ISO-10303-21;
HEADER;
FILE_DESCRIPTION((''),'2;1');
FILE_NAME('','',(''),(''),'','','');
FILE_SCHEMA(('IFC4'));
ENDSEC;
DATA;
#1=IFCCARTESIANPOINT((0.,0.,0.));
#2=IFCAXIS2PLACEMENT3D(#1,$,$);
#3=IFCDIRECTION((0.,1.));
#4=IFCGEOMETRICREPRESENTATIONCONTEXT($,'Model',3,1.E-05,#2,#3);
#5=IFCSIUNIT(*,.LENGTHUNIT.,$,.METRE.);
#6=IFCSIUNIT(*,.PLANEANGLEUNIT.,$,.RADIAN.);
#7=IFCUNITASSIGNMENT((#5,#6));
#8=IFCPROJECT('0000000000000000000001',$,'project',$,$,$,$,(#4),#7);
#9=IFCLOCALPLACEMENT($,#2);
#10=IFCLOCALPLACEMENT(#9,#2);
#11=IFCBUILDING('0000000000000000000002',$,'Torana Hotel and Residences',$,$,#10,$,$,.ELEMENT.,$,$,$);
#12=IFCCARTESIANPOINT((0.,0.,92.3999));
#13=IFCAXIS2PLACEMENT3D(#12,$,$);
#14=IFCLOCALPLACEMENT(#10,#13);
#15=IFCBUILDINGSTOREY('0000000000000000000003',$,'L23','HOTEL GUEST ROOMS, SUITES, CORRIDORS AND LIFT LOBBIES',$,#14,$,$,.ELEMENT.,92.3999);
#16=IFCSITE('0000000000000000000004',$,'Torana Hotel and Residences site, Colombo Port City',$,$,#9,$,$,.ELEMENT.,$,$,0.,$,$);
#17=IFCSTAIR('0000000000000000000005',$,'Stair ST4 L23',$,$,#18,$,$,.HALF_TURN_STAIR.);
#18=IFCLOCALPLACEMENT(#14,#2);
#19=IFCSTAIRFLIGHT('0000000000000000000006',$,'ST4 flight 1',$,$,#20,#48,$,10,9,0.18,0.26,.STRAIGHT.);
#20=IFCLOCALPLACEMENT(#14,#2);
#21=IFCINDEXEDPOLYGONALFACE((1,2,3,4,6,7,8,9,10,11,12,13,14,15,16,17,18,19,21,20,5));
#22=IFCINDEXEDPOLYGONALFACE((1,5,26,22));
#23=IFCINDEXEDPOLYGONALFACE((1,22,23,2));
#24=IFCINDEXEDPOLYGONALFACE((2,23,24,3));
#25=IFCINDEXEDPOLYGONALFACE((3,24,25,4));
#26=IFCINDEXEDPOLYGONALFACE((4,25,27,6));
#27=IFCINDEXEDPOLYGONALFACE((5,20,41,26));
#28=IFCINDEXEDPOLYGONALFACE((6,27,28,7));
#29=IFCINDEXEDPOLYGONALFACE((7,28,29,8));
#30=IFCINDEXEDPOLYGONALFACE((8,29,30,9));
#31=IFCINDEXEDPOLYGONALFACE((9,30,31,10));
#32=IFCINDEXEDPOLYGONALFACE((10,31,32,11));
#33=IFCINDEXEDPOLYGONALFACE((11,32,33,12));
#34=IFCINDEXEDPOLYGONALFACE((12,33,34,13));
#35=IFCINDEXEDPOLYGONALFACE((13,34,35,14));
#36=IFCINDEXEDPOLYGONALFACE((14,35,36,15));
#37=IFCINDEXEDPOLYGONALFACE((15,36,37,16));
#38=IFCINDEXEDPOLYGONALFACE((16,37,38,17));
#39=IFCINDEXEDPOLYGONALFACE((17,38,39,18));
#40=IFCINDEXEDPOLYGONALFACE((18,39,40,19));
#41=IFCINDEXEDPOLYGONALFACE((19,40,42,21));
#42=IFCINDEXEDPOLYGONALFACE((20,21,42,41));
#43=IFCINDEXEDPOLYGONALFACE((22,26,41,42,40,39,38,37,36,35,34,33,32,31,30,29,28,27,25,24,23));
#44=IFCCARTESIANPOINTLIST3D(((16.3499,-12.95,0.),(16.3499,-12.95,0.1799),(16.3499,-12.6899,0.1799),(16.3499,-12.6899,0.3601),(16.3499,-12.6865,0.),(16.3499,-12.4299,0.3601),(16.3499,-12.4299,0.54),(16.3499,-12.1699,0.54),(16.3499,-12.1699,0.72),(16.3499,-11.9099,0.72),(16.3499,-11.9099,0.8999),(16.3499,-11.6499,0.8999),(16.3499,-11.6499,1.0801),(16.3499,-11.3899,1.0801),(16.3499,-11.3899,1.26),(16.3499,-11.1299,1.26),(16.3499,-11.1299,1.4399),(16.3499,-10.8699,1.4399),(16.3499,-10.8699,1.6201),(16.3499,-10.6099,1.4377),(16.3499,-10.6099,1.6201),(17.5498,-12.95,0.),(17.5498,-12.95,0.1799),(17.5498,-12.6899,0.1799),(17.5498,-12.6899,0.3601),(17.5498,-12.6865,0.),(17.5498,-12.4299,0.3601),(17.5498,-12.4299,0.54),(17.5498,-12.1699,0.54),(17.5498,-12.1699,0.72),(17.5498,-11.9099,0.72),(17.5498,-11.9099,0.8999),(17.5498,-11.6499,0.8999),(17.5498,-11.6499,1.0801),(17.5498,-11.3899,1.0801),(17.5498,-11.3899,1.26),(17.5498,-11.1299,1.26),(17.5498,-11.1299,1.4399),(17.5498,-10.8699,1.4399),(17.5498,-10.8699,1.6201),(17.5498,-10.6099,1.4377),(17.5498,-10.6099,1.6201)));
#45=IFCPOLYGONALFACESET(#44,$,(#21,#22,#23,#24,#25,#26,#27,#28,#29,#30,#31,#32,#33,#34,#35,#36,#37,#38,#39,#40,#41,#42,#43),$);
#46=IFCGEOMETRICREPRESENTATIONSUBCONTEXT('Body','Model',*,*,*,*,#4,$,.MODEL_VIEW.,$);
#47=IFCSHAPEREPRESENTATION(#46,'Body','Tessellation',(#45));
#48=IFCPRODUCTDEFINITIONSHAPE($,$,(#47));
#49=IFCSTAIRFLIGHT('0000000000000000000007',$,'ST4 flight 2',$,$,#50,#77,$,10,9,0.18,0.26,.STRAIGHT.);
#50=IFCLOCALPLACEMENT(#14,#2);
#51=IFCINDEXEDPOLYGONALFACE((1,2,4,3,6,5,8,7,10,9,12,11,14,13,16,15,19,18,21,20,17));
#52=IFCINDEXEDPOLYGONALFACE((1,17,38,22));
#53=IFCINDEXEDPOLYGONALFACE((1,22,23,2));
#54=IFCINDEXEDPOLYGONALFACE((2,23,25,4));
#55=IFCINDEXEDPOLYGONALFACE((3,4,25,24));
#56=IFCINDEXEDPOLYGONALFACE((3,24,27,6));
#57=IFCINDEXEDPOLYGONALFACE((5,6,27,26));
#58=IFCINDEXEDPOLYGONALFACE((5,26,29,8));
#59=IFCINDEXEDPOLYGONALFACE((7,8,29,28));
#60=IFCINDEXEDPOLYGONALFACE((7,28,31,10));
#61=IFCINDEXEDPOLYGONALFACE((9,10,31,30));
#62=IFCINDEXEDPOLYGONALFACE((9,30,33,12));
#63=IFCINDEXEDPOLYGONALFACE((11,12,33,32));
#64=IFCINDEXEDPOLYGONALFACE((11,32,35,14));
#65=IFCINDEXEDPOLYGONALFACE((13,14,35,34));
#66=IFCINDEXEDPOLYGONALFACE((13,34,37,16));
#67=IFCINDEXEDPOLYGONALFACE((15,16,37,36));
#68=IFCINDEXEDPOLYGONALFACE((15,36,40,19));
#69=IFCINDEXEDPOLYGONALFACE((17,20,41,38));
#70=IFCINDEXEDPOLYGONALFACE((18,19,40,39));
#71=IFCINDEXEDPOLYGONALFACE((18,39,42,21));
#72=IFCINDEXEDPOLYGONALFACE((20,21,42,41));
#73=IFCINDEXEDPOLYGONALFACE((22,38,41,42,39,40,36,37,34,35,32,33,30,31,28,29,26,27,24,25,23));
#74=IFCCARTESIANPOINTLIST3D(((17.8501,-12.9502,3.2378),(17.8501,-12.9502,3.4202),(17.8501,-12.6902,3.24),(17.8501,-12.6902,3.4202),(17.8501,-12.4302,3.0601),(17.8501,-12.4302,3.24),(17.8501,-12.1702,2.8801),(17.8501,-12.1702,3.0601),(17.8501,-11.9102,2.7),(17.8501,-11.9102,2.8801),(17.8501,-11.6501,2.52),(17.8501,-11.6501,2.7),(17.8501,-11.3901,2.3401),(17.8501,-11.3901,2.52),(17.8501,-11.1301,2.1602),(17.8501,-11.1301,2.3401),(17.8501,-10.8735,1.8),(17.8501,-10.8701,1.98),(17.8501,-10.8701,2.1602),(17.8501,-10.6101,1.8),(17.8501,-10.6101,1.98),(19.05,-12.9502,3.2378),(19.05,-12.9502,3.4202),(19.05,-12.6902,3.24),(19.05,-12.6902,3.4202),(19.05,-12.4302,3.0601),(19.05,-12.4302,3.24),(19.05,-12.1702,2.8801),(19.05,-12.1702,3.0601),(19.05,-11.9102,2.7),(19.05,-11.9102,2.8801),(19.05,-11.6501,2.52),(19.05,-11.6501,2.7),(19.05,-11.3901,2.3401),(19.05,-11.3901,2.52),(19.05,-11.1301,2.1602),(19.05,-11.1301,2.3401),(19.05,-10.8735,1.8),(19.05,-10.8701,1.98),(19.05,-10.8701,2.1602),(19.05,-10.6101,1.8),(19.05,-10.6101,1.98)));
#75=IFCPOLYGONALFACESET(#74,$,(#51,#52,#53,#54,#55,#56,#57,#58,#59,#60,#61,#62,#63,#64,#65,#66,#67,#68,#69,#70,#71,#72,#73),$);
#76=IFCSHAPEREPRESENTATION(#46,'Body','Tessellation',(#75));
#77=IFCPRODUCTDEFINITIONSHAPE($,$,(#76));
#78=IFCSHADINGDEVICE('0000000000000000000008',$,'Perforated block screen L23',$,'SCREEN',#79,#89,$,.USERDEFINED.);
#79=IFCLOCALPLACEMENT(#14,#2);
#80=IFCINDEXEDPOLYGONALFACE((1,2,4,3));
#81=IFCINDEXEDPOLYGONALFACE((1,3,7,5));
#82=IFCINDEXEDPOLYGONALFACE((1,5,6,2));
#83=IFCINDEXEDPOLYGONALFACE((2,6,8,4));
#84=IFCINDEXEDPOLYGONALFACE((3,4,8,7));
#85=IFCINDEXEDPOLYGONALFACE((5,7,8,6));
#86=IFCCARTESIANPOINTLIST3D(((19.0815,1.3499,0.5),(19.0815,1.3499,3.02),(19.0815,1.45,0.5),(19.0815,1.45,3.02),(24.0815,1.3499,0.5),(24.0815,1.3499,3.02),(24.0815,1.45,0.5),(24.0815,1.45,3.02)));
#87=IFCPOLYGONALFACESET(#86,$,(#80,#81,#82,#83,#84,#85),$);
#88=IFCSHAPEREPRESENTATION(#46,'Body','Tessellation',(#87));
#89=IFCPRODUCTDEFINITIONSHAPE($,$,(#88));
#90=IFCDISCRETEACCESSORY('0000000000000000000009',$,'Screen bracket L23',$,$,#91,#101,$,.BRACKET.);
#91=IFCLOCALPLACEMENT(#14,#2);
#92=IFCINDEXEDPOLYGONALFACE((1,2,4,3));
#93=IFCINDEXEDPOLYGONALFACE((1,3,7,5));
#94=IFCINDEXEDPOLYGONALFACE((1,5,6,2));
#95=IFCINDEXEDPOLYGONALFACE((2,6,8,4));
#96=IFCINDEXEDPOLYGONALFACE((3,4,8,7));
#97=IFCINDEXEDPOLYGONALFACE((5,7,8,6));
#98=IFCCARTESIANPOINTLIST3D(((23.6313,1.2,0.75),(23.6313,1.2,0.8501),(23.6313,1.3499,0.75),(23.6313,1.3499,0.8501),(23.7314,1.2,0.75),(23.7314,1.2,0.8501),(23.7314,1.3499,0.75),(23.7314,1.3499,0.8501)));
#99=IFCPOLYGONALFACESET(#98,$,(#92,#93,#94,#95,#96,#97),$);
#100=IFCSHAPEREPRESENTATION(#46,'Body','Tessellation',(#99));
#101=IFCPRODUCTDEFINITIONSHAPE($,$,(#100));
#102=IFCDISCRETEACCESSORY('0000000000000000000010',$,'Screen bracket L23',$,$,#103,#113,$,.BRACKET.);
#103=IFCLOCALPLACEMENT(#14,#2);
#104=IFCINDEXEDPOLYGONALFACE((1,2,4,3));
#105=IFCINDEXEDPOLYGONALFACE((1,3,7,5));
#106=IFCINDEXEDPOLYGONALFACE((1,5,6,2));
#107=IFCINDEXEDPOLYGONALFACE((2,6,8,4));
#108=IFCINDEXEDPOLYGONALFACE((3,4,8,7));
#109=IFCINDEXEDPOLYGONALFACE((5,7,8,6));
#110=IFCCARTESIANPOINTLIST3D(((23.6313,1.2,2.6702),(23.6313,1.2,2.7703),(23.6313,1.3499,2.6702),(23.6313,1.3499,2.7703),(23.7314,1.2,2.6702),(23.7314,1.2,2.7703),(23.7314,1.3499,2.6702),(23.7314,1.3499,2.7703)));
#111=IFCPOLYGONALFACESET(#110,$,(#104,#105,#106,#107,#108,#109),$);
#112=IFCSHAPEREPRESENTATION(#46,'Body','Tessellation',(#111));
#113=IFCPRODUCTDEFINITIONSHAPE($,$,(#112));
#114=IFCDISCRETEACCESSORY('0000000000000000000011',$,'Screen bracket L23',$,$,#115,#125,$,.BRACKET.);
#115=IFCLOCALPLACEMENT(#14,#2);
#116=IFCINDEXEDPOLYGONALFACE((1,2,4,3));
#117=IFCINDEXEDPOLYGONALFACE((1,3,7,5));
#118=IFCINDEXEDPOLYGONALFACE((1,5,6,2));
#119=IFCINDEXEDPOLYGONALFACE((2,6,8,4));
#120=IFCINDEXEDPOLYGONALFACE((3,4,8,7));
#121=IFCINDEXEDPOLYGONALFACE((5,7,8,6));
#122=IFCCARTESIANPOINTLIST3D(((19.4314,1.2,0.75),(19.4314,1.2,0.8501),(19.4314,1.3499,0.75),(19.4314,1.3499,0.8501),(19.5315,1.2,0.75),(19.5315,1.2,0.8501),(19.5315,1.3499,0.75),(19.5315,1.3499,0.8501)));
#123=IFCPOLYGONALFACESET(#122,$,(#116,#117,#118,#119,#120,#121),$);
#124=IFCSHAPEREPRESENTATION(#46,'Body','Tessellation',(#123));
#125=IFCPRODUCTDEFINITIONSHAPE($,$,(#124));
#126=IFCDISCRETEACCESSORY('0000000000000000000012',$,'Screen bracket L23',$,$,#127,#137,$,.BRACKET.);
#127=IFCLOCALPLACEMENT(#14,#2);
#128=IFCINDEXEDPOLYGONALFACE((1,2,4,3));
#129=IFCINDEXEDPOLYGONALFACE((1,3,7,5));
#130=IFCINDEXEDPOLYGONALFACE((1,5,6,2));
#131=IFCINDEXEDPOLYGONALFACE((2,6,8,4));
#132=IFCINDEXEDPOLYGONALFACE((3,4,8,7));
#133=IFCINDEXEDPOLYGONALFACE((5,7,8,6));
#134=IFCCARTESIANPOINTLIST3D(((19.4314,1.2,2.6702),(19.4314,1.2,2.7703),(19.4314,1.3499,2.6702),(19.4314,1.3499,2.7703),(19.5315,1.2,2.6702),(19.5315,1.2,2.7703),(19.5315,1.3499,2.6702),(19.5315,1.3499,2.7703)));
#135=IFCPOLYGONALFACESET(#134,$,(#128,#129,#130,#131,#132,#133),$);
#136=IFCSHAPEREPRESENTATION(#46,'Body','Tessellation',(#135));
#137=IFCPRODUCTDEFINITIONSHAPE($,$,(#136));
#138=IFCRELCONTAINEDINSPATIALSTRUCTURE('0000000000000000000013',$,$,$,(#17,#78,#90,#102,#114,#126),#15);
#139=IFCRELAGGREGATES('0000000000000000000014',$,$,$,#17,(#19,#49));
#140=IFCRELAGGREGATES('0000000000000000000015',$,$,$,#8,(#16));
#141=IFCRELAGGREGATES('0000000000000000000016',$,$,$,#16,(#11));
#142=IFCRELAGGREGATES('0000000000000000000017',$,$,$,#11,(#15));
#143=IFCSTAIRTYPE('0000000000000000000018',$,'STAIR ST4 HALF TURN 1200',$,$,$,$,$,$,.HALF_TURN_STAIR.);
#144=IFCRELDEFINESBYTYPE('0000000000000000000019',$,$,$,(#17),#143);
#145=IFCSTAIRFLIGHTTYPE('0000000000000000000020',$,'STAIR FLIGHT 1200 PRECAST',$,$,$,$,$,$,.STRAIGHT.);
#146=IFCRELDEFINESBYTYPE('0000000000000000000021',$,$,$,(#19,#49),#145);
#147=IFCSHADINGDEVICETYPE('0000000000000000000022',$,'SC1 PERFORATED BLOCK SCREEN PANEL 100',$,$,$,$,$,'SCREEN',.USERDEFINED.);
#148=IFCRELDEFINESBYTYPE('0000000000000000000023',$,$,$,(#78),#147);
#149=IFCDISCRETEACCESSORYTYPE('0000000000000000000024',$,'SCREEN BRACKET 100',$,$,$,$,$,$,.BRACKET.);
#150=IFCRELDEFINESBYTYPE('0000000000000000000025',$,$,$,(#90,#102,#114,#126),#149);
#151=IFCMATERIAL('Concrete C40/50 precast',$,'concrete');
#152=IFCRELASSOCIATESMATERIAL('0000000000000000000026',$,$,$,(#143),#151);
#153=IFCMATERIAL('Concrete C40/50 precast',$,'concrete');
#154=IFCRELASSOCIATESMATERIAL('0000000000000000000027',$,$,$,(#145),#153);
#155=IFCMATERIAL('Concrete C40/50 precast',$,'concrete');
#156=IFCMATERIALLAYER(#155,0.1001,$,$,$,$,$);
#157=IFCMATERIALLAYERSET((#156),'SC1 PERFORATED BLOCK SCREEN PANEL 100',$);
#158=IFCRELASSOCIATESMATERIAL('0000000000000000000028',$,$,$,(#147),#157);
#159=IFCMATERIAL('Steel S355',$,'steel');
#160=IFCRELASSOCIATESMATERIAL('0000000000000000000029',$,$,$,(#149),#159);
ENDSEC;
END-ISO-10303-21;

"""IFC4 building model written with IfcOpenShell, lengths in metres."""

from ifc_helpers import new_model, si_unit, direction, frame, origin, origin_2d, place, context, subcontext, project, spatial, polyline, rectangle, outline, extrude, material, layer, layer_set, type_object, element, aggregate, save


model = new_model("IFC4")

# Units and contexts
model_context = context("Model", 3, precision=1e-05, world=origin(), true_north=direction((0.0, 1.0)))
body_context = subcontext(model_context, "Body", "Model", "MODEL_VIEW")
ifc_project = project(units=[si_unit("LENGTHUNIT", "METRE"), si_unit("PLANEANGLEUNIT", "RADIAN")], contexts=[model_context])

# Site, building, storey
site_placement = place(None, origin())
site = spatial("IfcSite", under=ifc_project, at=site_placement, Name="Torana Hotel and Residences site, Colombo Port City", CompositionType="ELEMENT", RefElevation=0.0)
building_placement = place(site_placement, origin())
building = spatial("IfcBuilding", under=site, at=building_placement, Name="Torana Hotel and Residences", CompositionType="ELEMENT")
storey_placement = place(building_placement, frame((0.0, 0.0, 92.3999)))
storey = spatial("IfcBuildingStorey", under=building, at=storey_placement, Name="L23", Description="HOTEL GUEST ROOMS, SUITES, CORRIDORS AND LIFT LOBBIES", CompositionType="ELEMENT", Elevation=92.3999)

# Stair, stair flights
ifc_material_1 = material(Name="Concrete C40/50 precast", Category="concrete")
stair_type = type_object("IfcStairType", Name="STAIR ST4 HALF TURN 1200", PredefinedType="HALF_TURN_STAIR", material=ifc_material_1)
stair_placement = place(storey_placement, origin())
stair = element("IfcStair", 1, at=stair_placement, inside=storey, type_object=stair_type, Name="Stair ST4 L23", PredefinedType="HALF_TURN_STAIR")
ifc_material_2 = material(Name="Concrete C40/50 precast", Category="concrete")
stair_flight_type = type_object("IfcStairFlightType", Name="STAIR FLIGHT 1200 PRECAST", PredefinedType="STRAIGHT", material=ifc_material_2)
stair_flight_1_placement = place(storey_placement, frame((16.95, -12.95, 0.0), z_axis=(0.0, 0.0, 1.0), x_axis=(0.0, 1.0, 0.0)))
stair_flight_1 = element("IfcStairFlight", 2, at=stair_flight_1_placement, type_object=stair_flight_type, Name="ST4 flight 1", NumberOfRisers=10, NumberOfTreads=9, PredefinedType="STRAIGHT", RiserHeight=0.18, TreadLength=0.26, context=body_context, shape_type="SweptSolid", body=[
    extrude(outline(polyline([(0.0, 0.0), (0.0, 0.1799), (0.26, 0.1799), (0.26, 0.3601), (0.52, 0.3601), (0.52, 0.54), (0.78, 0.54), (0.78, 0.72), (1.04, 0.72), (1.04, 0.8999), (1.3, 0.8999), (1.3, 1.0801), (1.5601, 1.0801), (1.5601, 1.26), (1.8201, 1.26), (1.8201, 1.4399), (2.0801, 1.4399), (2.0801, 1.6201), (2.3401, 1.6201), (2.3401, 1.8), (2.3401, 1.4377), (0.2634, 0.0), (0.0, 0.0)])), frame((0.0, 0.6001, 0.0), z_axis=(0.0, -1.0, 0.0), x_axis=(1.0, 0.0, 0.0)), (0.0, 0.0, 1.0), 1.2),
])
stair_flight_2_placement = place(storey_placement, frame((18.45, -10.6101, 1.8), z_axis=(0.0, 0.0, 1.0), x_axis=(0.0, -1.0, 0.0)))
stair_flight_2 = element("IfcStairFlight", 3, at=stair_flight_2_placement, type_object=stair_flight_type, Name="ST4 flight 2", NumberOfRisers=10, NumberOfTreads=9, PredefinedType="STRAIGHT", RiserHeight=0.18, TreadLength=0.26, context=body_context, shape_type="SweptSolid", body=[
    extrude(outline(polyline([(0.0, 0.0), (0.0, 0.1799), (0.26, 0.1799), (0.26, 0.3601), (0.52, 0.3601), (0.52, 0.54), (0.78, 0.54), (0.78, 0.72), (1.04, 0.72), (1.04, 0.8999), (1.3, 0.8999), (1.3, 1.0801), (1.5601, 1.0801), (1.5601, 1.26), (1.8201, 1.26), (1.8201, 1.4399), (2.0801, 1.4399), (2.0801, 1.6201), (2.3401, 1.6201), (2.3401, 1.8), (2.3401, 1.4377), (0.2634, 0.0), (0.0, 0.0)])), frame((0.0, 0.6001, 0.0), z_axis=(0.0, -1.0, 0.0), x_axis=(1.0, 0.0, 0.0)), (0.0, 0.0, 1.0), 1.2),
])
aggregate(stair, [stair_flight_1, stair_flight_2])

# Shading device
ifc_material_3 = material(Name="Concrete C40/50 precast", Category="concrete")
ifc_layer_1 = layer(ifc_material_3, 0.1001)
ifc_layer_set_1 = layer_set([ifc_layer_1], Name="SC1 PERFORATED BLOCK SCREEN PANEL 100")
shading_device_type = type_object("IfcShadingDeviceType", Name="SC1 PERFORATED BLOCK SCREEN PANEL 100", ElementType="SCREEN", PredefinedType="USERDEFINED", material=ifc_layer_set_1)
shading_device_placement = place(storey_placement, frame((21.5815, 1.3999, 0.5), z_axis=(0.0, 0.0, 1.0), x_axis=(-1.0, 0.0, 0.0)))
element("IfcShadingDevice", 4, at=shading_device_placement, inside=storey, type_object=shading_device_type, Name="Perforated block screen L23", ObjectType="SCREEN", PredefinedType="USERDEFINED", context=body_context, shape_type="SweptSolid", body=[
    extrude(rectangle(XDim=5.0, YDim=0.1001, at=origin_2d()), origin(), (0.0, 0.0, 1.0), 2.52),
])

# Discrete accessories
ifc_material_4 = material(Name="Steel S355", Category="steel")
discrete_accessory_type = type_object("IfcDiscreteAccessoryType", Name="SCREEN BRACKET 100", PredefinedType="BRACKET", material=ifc_material_4)
for number, where, z_axis, x_axis, name in (
    (5, (23.6814, 1.2749, 0.75), (0.0, 0.0, 1.0), (-1.0, 0.0, 0.0), "Screen bracket L23"),
    (6, (23.6814, 1.2749, 2.6702), (0.0, 0.0, 1.0), (-1.0, 0.0, 0.0), "Screen bracket L23"),
    (7, (19.4814, 1.2749, 0.75), (0.0, 0.0, 1.0), (-1.0, 0.0, 0.0), "Screen bracket L23"),
    (8, (19.4814, 1.2749, 2.6702), (0.0, 0.0, 1.0), (-1.0, 0.0, 0.0), "Screen bracket L23"),
):
    element("IfcDiscreteAccessory", number, at=place(storey_placement, frame(where, z_axis=z_axis, x_axis=x_axis)), inside=storey, type_object=discrete_accessory_type, Name=name, PredefinedType="BRACKET", context=body_context, shape_type="SweptSolid", body=[
        extrude(rectangle(XDim=0.1001, YDim=0.1499, at=origin_2d()), origin(), (0.0, 0.0, 1.0), 0.1001),
    ])

save(model, "model.ifc")
